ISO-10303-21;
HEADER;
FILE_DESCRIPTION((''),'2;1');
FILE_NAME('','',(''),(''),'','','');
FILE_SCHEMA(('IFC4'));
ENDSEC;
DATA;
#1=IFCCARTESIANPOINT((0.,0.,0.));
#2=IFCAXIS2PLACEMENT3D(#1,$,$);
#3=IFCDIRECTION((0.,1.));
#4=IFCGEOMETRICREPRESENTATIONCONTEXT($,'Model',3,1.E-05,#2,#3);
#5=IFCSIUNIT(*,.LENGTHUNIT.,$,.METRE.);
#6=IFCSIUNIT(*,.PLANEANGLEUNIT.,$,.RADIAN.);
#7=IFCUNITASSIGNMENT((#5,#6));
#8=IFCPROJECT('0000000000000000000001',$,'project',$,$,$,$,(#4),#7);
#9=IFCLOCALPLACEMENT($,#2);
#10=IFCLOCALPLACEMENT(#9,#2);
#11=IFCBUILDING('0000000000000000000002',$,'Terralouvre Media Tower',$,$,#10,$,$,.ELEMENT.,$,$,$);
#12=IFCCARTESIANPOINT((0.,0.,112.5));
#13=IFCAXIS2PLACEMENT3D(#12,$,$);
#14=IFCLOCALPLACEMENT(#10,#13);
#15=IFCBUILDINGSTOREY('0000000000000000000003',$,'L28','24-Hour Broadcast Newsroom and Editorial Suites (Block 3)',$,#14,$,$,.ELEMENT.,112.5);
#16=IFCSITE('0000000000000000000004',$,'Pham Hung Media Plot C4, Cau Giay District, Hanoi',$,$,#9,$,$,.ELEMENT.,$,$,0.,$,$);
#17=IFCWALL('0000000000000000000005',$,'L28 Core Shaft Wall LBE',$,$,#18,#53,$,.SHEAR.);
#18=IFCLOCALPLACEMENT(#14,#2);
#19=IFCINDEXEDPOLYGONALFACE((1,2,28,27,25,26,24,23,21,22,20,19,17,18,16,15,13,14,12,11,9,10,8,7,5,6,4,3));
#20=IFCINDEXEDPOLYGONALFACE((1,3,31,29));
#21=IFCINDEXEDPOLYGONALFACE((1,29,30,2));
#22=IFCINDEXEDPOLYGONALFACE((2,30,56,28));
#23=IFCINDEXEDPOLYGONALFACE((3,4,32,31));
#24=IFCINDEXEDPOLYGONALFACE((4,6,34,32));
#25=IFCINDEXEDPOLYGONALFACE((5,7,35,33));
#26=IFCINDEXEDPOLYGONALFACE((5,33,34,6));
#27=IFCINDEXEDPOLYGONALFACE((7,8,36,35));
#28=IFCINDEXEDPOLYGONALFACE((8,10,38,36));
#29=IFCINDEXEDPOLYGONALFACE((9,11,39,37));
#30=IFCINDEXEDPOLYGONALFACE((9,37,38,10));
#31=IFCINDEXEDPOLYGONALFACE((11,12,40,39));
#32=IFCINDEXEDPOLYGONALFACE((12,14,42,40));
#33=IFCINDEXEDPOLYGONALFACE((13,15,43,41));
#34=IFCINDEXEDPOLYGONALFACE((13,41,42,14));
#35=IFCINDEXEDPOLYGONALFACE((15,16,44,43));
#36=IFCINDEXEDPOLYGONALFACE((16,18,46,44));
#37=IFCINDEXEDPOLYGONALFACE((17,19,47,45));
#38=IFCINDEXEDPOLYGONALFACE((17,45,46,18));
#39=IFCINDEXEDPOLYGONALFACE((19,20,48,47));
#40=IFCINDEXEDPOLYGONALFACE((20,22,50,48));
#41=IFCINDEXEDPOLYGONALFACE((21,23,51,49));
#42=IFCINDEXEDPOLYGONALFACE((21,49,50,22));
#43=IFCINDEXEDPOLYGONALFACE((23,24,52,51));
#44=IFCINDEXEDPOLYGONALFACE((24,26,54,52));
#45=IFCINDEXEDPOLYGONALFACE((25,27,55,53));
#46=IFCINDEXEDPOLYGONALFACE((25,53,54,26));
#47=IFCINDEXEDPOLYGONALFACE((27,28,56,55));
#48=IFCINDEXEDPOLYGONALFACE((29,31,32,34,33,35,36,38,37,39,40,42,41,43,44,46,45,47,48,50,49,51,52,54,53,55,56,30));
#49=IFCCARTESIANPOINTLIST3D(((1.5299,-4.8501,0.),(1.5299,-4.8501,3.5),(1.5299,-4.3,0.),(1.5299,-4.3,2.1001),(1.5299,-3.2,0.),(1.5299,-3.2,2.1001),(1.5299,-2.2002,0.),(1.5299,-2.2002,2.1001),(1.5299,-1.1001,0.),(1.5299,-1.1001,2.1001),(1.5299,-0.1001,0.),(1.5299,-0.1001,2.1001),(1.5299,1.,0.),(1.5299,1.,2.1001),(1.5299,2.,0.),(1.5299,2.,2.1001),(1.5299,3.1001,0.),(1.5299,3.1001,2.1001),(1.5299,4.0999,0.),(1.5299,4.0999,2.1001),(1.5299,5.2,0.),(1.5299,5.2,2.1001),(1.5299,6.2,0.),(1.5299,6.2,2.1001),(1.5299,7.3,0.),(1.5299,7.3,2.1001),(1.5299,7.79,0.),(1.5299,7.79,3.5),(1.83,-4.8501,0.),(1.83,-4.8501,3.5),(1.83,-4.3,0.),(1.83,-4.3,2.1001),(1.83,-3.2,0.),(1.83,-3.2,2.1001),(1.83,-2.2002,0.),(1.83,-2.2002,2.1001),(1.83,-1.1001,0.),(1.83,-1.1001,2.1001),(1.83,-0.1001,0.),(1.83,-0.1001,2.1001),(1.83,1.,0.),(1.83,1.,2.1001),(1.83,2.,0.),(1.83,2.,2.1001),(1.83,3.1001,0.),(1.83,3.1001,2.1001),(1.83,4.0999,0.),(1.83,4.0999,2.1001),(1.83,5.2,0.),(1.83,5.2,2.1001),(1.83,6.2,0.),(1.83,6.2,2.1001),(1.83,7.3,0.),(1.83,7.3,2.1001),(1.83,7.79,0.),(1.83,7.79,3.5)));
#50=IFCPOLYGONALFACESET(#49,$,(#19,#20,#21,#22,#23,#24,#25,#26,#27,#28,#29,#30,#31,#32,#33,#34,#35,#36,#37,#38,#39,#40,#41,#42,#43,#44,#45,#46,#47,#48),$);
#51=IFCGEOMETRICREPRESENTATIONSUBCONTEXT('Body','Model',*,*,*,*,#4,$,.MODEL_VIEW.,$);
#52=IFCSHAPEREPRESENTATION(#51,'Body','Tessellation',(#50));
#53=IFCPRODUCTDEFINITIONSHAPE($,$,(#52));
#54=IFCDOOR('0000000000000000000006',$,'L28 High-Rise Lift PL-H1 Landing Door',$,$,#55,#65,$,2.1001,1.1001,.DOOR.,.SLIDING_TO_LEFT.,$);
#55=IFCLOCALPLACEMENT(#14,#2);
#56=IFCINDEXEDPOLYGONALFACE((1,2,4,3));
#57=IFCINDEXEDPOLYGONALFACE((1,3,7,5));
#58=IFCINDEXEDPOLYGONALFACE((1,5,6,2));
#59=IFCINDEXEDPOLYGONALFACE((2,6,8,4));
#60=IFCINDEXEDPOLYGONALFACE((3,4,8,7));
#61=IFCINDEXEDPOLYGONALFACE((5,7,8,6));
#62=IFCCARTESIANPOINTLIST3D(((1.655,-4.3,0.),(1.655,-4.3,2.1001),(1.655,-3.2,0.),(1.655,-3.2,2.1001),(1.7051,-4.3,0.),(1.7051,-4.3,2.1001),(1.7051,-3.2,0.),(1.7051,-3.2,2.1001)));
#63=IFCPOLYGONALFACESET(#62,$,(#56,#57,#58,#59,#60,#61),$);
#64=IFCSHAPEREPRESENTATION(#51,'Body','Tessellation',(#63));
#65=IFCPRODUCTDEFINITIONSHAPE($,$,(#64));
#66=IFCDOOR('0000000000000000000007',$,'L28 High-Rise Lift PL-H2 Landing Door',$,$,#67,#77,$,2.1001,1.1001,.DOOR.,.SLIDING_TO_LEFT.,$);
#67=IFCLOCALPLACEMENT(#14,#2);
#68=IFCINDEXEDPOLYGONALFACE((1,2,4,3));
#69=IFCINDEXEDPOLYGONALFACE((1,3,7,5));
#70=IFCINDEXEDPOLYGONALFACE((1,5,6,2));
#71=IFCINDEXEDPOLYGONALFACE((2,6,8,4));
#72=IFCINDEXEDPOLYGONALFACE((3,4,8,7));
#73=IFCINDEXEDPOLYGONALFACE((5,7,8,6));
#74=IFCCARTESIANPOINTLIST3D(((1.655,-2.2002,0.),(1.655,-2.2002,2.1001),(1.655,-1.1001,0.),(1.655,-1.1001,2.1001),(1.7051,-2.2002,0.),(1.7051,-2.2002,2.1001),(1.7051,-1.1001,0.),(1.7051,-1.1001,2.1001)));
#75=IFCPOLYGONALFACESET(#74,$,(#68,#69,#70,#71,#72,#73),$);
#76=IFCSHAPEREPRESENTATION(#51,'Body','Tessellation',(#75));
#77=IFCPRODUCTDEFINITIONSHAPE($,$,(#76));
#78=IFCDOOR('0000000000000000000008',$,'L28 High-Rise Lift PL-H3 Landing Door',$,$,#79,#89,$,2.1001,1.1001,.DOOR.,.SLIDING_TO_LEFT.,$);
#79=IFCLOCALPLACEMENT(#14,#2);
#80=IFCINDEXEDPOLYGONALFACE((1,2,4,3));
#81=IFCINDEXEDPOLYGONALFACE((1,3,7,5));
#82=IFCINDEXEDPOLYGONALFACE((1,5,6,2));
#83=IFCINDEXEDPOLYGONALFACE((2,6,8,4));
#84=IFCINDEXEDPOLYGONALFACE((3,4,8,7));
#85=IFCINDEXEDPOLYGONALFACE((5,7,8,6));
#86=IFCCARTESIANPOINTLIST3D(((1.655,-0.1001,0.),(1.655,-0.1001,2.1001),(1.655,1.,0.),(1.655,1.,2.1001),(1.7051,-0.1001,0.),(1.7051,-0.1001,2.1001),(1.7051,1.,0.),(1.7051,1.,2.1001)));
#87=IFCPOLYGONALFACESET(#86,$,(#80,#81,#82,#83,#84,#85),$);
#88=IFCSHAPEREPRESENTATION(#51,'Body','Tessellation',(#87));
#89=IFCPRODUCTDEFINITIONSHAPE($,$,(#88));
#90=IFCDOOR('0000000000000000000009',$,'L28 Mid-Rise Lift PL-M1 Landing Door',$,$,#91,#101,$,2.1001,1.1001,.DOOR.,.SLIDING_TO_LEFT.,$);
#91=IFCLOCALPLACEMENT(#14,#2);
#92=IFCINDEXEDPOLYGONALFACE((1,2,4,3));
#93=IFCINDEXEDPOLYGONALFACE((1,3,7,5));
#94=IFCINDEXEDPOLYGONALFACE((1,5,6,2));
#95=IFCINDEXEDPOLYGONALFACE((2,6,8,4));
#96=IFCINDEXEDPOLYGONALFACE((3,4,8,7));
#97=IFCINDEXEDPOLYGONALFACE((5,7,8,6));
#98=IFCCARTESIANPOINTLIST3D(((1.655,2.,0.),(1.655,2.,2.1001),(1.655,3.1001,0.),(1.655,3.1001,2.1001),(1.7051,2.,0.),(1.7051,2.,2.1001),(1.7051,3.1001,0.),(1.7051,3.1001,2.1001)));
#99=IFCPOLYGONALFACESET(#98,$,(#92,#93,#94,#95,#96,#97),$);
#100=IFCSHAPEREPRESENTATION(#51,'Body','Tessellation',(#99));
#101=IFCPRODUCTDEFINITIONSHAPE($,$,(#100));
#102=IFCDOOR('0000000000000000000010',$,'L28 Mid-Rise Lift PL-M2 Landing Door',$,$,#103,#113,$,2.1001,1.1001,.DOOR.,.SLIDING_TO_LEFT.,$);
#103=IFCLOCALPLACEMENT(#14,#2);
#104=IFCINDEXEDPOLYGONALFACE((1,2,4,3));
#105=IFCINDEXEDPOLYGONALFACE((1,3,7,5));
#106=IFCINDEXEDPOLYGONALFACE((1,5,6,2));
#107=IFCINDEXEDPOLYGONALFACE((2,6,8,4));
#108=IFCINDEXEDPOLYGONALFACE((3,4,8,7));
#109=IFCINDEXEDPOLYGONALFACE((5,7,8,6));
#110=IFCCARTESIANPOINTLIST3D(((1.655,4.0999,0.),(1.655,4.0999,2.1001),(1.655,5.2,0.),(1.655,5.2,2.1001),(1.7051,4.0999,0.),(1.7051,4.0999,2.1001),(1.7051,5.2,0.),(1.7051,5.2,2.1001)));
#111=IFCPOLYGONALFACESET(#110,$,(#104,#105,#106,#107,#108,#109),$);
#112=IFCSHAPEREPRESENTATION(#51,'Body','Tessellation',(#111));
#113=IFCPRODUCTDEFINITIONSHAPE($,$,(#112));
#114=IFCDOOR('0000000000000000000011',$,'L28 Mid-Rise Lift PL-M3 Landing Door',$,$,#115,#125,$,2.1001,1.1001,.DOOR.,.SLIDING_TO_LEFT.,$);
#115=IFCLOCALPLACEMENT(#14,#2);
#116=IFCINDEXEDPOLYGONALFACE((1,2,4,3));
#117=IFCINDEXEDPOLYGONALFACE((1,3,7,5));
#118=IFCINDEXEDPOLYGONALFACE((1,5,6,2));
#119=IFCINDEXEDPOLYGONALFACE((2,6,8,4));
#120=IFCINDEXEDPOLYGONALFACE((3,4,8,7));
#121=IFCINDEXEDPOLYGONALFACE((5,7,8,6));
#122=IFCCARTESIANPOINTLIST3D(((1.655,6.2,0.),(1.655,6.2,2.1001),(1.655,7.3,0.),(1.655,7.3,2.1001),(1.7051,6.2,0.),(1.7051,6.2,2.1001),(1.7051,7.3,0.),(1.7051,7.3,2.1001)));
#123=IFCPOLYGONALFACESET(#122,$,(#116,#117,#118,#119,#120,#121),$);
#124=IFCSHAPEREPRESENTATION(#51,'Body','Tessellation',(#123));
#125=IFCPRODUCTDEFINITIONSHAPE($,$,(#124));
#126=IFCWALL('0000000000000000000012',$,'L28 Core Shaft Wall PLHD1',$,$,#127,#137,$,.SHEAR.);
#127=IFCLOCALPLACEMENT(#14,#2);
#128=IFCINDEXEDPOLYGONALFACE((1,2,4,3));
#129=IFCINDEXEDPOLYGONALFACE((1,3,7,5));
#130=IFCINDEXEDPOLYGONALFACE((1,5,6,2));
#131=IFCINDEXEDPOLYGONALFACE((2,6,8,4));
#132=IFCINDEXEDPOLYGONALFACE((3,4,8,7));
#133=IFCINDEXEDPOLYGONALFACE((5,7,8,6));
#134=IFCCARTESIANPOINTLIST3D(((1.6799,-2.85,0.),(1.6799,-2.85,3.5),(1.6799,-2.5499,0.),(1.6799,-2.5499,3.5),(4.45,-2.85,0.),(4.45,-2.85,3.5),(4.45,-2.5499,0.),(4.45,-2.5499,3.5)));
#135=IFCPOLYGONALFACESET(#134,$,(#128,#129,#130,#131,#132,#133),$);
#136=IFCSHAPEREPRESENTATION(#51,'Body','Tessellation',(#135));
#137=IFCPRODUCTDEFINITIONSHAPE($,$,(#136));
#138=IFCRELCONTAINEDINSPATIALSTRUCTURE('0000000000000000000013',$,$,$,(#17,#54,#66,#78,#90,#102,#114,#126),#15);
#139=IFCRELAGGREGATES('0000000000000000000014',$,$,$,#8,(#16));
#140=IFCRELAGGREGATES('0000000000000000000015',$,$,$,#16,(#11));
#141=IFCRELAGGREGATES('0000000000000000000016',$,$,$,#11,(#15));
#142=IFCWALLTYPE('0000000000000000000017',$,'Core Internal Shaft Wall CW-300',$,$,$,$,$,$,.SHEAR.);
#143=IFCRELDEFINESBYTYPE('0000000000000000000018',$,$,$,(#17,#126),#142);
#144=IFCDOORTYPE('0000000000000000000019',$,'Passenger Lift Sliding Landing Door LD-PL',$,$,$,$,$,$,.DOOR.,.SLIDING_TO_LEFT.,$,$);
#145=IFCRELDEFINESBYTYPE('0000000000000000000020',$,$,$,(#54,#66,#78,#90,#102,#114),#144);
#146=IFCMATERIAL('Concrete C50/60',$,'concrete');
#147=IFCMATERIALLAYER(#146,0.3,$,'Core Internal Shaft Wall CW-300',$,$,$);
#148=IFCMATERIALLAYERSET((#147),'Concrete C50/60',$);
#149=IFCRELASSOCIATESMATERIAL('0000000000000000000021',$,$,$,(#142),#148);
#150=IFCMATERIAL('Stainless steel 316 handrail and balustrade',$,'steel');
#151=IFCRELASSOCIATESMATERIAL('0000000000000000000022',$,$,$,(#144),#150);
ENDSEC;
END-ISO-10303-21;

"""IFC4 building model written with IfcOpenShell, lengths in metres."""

from ifc_helpers import new_model, si_unit, direction, frame, frame_2d, origin, place, context, subcontext, project, spatial, rectangle, extrude, material, layer, layer_set, type_object, element, fill, save


model = new_model("IFC4")

# Units and contexts
model_context = context("Model", 3, precision=1e-05, world=origin(), true_north=direction((0.0, 1.0)))
body_context = subcontext(model_context, "Body", "Model", "MODEL_VIEW")
ifc_project = project(units=[si_unit("LENGTHUNIT", "METRE"), si_unit("PLANEANGLEUNIT", "RADIAN")], contexts=[model_context])

# Site, building, storey
site_placement = place(None, origin())
site = spatial("IfcSite", under=ifc_project, at=site_placement, Name="Pham Hung Media Plot C4, Cau Giay District, Hanoi", CompositionType="ELEMENT", RefElevation=0.0)
building_placement = place(site_placement, origin())
building = spatial("IfcBuilding", under=site, at=building_placement, Name="Terralouvre Media Tower", CompositionType="ELEMENT")
storey_placement = place(building_placement, frame((0.0, 0.0, 112.5)))
storey = spatial("IfcBuildingStorey", under=building, at=storey_placement, Name="L28", Description="24-Hour Broadcast Newsroom and Editorial Suites (Block 3)", CompositionType="ELEMENT", Elevation=112.5)

# Shared definitions
ifc_material_1 = material(Name="Concrete C50/60", Category="concrete")
ifc_layer_1 = layer(ifc_material_1, 0.3, Name="Core Internal Shaft Wall CW-300")
ifc_layer_set_1 = layer_set([ifc_layer_1], Name="Concrete C50/60")
wall_type_1 = type_object("IfcWallType", Name="Core Internal Shaft Wall CW-300", PredefinedType="SHEAR", material=ifc_layer_set_1)

# Wall, openings, doors
wall_1_placement = place(storey_placement, frame((1.6799, -4.8501, 0.0), z_axis=(0.0, 0.0, 1.0), x_axis=(0.0, 1.0, 0.0)))
wall_1 = element("IfcWall", 1, at=wall_1_placement, inside=storey, type_object=wall_type_1, Name="L28 Core Shaft Wall LBE", PredefinedType="SHEAR", context=body_context, shape_type="SweptSolid", body=[
    extrude(rectangle(XDim=12.6401, YDim=0.3, at=frame_2d((6.3201, 0.0))), origin(), (0.0, 0.0, 1.0), 3.5),
])
opening_1_placement = place(wall_1_placement, frame((0.55, 0.0, 0.0)))
opening_1 = element("IfcOpeningElement", 2, at=opening_1_placement, cuts=wall_1, PredefinedType="OPENING", context=body_context, shape_type="SweptSolid", body=[
    extrude(rectangle(XDim=1.1001, YDim=2.1001, at=frame_2d((0.55, 1.05))), frame((0.0, 0.1599, 0.0), z_axis=(0.0, -1.0, 0.0), x_axis=(1.0, 0.0, 0.0)), (0.0, 0.0, 1.0), 0.3201),
])
opening_2_placement = place(wall_1_placement, frame((2.6499, 0.0, 0.0)))
opening_2 = element("IfcOpeningElement", 3, at=opening_2_placement, cuts=wall_1, PredefinedType="OPENING", context=body_context, shape_type="SweptSolid", body=[
    extrude(rectangle(XDim=1.1001, YDim=2.1001, at=frame_2d((0.55, 1.05))), frame((0.0, 0.1599, 0.0), z_axis=(0.0, -1.0, 0.0), x_axis=(1.0, 0.0, 0.0)), (0.0, 0.0, 1.0), 0.3201),
])
opening_3_placement = place(wall_1_placement, frame((4.75, 0.0, 0.0)))
opening_3 = element("IfcOpeningElement", 4, at=opening_3_placement, cuts=wall_1, PredefinedType="OPENING", context=body_context, shape_type="SweptSolid", body=[
    extrude(rectangle(XDim=1.1001, YDim=2.1001, at=frame_2d((0.55, 1.05))), frame((0.0, 0.1599, 0.0), z_axis=(0.0, -1.0, 0.0), x_axis=(1.0, 0.0, 0.0)), (0.0, 0.0, 1.0), 0.3201),
])
opening_4_placement = place(wall_1_placement, frame((6.8501, 0.0, 0.0)))
opening_4 = element("IfcOpeningElement", 5, at=opening_4_placement, cuts=wall_1, PredefinedType="OPENING", context=body_context, shape_type="SweptSolid", body=[
    extrude(rectangle(XDim=1.1001, YDim=2.1001, at=frame_2d((0.55, 1.05))), frame((0.0, 0.1599, 0.0), z_axis=(0.0, -1.0, 0.0), x_axis=(1.0, 0.0, 0.0)), (0.0, 0.0, 1.0), 0.3201),
])
opening_5_placement = place(wall_1_placement, frame((8.95, 0.0, 0.0)))
opening_5 = element("IfcOpeningElement", 6, at=opening_5_placement, cuts=wall_1, PredefinedType="OPENING", context=body_context, shape_type="SweptSolid", body=[
    extrude(rectangle(XDim=1.1001, YDim=2.1001, at=frame_2d((0.55, 1.05))), frame((0.0, 0.1599, 0.0), z_axis=(0.0, -1.0, 0.0), x_axis=(1.0, 0.0, 0.0)), (0.0, 0.0, 1.0), 0.3201),
])
opening_6_placement = place(wall_1_placement, frame((11.05, 0.0, 0.0)))
opening_6 = element("IfcOpeningElement", 7, at=opening_6_placement, cuts=wall_1, PredefinedType="OPENING", context=body_context, shape_type="SweptSolid", body=[
    extrude(rectangle(XDim=1.1001, YDim=2.1001, at=frame_2d((0.55, 1.05))), frame((0.0, 0.1599, 0.0), z_axis=(0.0, -1.0, 0.0), x_axis=(1.0, 0.0, 0.0)), (0.0, 0.0, 1.0), 0.3201),
])
ifc_material_2 = material(Name="Stainless steel 316 handrail and balustrade", Category="steel")
door_type_1 = type_object("IfcDoorType", Name="Passenger Lift Sliding Landing Door LD-PL", OperationType="SLIDING_TO_LEFT", PredefinedType="DOOR", material=ifc_material_2)
door_1_placement = place(opening_1_placement, origin())
door_1 = element("IfcDoor", 8, at=door_1_placement, inside=storey, type_object=door_type_1, Name="L28 High-Rise Lift PL-H1 Landing Door", OperationType="SLIDING_TO_LEFT", OverallHeight=2.1001, OverallWidth=1.1001, PredefinedType="DOOR", context=body_context, shape_type="SweptSolid", body=[
    extrude(rectangle(XDim=1.1001, YDim=2.1001, at=frame_2d((0.55, 1.05))), frame((0.0, 0.0249, 0.0), z_axis=(0.0, -1.0, 0.0), x_axis=(1.0, 0.0, 0.0)), (0.0, 0.0, 1.0), 0.05),
])
fill(opening_1, door_1)
door_2_placement = place(opening_2_placement, origin())
door_2 = element("IfcDoor", 9, at=door_2_placement, inside=storey, type_object=door_type_1, Name="L28 High-Rise Lift PL-H2 Landing Door", OperationType="SLIDING_TO_LEFT", OverallHeight=2.1001, OverallWidth=1.1001, PredefinedType="DOOR", context=body_context, shape_type="SweptSolid", body=[
    extrude(rectangle(XDim=1.1001, YDim=2.1001, at=frame_2d((0.55, 1.05))), frame((0.0, 0.0249, 0.0), z_axis=(0.0, -1.0, 0.0), x_axis=(1.0, 0.0, 0.0)), (0.0, 0.0, 1.0), 0.05),
])
fill(opening_2, door_2)
door_3_placement = place(opening_3_placement, origin())
door_3 = element("IfcDoor", 10, at=door_3_placement, inside=storey, type_object=door_type_1, Name="L28 High-Rise Lift PL-H3 Landing Door", OperationType="SLIDING_TO_LEFT", OverallHeight=2.1001, OverallWidth=1.1001, PredefinedType="DOOR", context=body_context, shape_type="SweptSolid", body=[
    extrude(rectangle(XDim=1.1001, YDim=2.1001, at=frame_2d((0.55, 1.05))), frame((0.0, 0.0249, 0.0), z_axis=(0.0, -1.0, 0.0), x_axis=(1.0, 0.0, 0.0)), (0.0, 0.0, 1.0), 0.05),
])
fill(opening_3, door_3)
door_4_placement = place(opening_4_placement, origin())
door_4 = element("IfcDoor", 11, at=door_4_placement, inside=storey, type_object=door_type_1, Name="L28 Mid-Rise Lift PL-M1 Landing Door", OperationType="SLIDING_TO_LEFT", OverallHeight=2.1001, OverallWidth=1.1001, PredefinedType="DOOR", context=body_context, shape_type="SweptSolid", body=[
    extrude(rectangle(XDim=1.1001, YDim=2.1001, at=frame_2d((0.55, 1.05))), frame((0.0, 0.0249, 0.0), z_axis=(0.0, -1.0, 0.0), x_axis=(1.0, 0.0, 0.0)), (0.0, 0.0, 1.0), 0.05),
])
fill(opening_4, door_4)
door_5_placement = place(opening_5_placement, origin())
door_5 = element("IfcDoor", 12, at=door_5_placement, inside=storey, type_object=door_type_1, Name="L28 Mid-Rise Lift PL-M2 Landing Door", OperationType="SLIDING_TO_LEFT", OverallHeight=2.1001, OverallWidth=1.1001, PredefinedType="DOOR", context=body_context, shape_type="SweptSolid", body=[
    extrude(rectangle(XDim=1.1001, YDim=2.1001, at=frame_2d((0.55, 1.05))), frame((0.0, 0.0249, 0.0), z_axis=(0.0, -1.0, 0.0), x_axis=(1.0, 0.0, 0.0)), (0.0, 0.0, 1.0), 0.05),
])
fill(opening_5, door_5)
door_6_placement = place(opening_6_placement, origin())
door_6 = element("IfcDoor", 13, at=door_6_placement, inside=storey, type_object=door_type_1, Name="L28 Mid-Rise Lift PL-M3 Landing Door", OperationType="SLIDING_TO_LEFT", OverallHeight=2.1001, OverallWidth=1.1001, PredefinedType="DOOR", context=body_context, shape_type="SweptSolid", body=[
    extrude(rectangle(XDim=1.1001, YDim=2.1001, at=frame_2d((0.55, 1.05))), frame((0.0, 0.0249, 0.0), z_axis=(0.0, -1.0, 0.0), x_axis=(1.0, 0.0, 0.0)), (0.0, 0.0, 1.0), 0.05),
])
fill(opening_6, door_6)

# Wall
wall_2_placement = place(storey_placement, frame((1.6799, -2.7, 0.0), z_axis=(0.0, 0.0, 1.0), x_axis=(1.0, 0.0, 0.0)))
element("IfcWall", 14, at=wall_2_placement, inside=storey, type_object=wall_type_1, Name="L28 Core Shaft Wall PLHD1", PredefinedType="SHEAR", context=body_context, shape_type="SweptSolid", body=[
    extrude(rectangle(XDim=2.77, YDim=0.3, at=frame_2d((1.385, 0.0))), origin(), (0.0, 0.0, 1.0), 3.5),
])

save(model, "model.ifc")
